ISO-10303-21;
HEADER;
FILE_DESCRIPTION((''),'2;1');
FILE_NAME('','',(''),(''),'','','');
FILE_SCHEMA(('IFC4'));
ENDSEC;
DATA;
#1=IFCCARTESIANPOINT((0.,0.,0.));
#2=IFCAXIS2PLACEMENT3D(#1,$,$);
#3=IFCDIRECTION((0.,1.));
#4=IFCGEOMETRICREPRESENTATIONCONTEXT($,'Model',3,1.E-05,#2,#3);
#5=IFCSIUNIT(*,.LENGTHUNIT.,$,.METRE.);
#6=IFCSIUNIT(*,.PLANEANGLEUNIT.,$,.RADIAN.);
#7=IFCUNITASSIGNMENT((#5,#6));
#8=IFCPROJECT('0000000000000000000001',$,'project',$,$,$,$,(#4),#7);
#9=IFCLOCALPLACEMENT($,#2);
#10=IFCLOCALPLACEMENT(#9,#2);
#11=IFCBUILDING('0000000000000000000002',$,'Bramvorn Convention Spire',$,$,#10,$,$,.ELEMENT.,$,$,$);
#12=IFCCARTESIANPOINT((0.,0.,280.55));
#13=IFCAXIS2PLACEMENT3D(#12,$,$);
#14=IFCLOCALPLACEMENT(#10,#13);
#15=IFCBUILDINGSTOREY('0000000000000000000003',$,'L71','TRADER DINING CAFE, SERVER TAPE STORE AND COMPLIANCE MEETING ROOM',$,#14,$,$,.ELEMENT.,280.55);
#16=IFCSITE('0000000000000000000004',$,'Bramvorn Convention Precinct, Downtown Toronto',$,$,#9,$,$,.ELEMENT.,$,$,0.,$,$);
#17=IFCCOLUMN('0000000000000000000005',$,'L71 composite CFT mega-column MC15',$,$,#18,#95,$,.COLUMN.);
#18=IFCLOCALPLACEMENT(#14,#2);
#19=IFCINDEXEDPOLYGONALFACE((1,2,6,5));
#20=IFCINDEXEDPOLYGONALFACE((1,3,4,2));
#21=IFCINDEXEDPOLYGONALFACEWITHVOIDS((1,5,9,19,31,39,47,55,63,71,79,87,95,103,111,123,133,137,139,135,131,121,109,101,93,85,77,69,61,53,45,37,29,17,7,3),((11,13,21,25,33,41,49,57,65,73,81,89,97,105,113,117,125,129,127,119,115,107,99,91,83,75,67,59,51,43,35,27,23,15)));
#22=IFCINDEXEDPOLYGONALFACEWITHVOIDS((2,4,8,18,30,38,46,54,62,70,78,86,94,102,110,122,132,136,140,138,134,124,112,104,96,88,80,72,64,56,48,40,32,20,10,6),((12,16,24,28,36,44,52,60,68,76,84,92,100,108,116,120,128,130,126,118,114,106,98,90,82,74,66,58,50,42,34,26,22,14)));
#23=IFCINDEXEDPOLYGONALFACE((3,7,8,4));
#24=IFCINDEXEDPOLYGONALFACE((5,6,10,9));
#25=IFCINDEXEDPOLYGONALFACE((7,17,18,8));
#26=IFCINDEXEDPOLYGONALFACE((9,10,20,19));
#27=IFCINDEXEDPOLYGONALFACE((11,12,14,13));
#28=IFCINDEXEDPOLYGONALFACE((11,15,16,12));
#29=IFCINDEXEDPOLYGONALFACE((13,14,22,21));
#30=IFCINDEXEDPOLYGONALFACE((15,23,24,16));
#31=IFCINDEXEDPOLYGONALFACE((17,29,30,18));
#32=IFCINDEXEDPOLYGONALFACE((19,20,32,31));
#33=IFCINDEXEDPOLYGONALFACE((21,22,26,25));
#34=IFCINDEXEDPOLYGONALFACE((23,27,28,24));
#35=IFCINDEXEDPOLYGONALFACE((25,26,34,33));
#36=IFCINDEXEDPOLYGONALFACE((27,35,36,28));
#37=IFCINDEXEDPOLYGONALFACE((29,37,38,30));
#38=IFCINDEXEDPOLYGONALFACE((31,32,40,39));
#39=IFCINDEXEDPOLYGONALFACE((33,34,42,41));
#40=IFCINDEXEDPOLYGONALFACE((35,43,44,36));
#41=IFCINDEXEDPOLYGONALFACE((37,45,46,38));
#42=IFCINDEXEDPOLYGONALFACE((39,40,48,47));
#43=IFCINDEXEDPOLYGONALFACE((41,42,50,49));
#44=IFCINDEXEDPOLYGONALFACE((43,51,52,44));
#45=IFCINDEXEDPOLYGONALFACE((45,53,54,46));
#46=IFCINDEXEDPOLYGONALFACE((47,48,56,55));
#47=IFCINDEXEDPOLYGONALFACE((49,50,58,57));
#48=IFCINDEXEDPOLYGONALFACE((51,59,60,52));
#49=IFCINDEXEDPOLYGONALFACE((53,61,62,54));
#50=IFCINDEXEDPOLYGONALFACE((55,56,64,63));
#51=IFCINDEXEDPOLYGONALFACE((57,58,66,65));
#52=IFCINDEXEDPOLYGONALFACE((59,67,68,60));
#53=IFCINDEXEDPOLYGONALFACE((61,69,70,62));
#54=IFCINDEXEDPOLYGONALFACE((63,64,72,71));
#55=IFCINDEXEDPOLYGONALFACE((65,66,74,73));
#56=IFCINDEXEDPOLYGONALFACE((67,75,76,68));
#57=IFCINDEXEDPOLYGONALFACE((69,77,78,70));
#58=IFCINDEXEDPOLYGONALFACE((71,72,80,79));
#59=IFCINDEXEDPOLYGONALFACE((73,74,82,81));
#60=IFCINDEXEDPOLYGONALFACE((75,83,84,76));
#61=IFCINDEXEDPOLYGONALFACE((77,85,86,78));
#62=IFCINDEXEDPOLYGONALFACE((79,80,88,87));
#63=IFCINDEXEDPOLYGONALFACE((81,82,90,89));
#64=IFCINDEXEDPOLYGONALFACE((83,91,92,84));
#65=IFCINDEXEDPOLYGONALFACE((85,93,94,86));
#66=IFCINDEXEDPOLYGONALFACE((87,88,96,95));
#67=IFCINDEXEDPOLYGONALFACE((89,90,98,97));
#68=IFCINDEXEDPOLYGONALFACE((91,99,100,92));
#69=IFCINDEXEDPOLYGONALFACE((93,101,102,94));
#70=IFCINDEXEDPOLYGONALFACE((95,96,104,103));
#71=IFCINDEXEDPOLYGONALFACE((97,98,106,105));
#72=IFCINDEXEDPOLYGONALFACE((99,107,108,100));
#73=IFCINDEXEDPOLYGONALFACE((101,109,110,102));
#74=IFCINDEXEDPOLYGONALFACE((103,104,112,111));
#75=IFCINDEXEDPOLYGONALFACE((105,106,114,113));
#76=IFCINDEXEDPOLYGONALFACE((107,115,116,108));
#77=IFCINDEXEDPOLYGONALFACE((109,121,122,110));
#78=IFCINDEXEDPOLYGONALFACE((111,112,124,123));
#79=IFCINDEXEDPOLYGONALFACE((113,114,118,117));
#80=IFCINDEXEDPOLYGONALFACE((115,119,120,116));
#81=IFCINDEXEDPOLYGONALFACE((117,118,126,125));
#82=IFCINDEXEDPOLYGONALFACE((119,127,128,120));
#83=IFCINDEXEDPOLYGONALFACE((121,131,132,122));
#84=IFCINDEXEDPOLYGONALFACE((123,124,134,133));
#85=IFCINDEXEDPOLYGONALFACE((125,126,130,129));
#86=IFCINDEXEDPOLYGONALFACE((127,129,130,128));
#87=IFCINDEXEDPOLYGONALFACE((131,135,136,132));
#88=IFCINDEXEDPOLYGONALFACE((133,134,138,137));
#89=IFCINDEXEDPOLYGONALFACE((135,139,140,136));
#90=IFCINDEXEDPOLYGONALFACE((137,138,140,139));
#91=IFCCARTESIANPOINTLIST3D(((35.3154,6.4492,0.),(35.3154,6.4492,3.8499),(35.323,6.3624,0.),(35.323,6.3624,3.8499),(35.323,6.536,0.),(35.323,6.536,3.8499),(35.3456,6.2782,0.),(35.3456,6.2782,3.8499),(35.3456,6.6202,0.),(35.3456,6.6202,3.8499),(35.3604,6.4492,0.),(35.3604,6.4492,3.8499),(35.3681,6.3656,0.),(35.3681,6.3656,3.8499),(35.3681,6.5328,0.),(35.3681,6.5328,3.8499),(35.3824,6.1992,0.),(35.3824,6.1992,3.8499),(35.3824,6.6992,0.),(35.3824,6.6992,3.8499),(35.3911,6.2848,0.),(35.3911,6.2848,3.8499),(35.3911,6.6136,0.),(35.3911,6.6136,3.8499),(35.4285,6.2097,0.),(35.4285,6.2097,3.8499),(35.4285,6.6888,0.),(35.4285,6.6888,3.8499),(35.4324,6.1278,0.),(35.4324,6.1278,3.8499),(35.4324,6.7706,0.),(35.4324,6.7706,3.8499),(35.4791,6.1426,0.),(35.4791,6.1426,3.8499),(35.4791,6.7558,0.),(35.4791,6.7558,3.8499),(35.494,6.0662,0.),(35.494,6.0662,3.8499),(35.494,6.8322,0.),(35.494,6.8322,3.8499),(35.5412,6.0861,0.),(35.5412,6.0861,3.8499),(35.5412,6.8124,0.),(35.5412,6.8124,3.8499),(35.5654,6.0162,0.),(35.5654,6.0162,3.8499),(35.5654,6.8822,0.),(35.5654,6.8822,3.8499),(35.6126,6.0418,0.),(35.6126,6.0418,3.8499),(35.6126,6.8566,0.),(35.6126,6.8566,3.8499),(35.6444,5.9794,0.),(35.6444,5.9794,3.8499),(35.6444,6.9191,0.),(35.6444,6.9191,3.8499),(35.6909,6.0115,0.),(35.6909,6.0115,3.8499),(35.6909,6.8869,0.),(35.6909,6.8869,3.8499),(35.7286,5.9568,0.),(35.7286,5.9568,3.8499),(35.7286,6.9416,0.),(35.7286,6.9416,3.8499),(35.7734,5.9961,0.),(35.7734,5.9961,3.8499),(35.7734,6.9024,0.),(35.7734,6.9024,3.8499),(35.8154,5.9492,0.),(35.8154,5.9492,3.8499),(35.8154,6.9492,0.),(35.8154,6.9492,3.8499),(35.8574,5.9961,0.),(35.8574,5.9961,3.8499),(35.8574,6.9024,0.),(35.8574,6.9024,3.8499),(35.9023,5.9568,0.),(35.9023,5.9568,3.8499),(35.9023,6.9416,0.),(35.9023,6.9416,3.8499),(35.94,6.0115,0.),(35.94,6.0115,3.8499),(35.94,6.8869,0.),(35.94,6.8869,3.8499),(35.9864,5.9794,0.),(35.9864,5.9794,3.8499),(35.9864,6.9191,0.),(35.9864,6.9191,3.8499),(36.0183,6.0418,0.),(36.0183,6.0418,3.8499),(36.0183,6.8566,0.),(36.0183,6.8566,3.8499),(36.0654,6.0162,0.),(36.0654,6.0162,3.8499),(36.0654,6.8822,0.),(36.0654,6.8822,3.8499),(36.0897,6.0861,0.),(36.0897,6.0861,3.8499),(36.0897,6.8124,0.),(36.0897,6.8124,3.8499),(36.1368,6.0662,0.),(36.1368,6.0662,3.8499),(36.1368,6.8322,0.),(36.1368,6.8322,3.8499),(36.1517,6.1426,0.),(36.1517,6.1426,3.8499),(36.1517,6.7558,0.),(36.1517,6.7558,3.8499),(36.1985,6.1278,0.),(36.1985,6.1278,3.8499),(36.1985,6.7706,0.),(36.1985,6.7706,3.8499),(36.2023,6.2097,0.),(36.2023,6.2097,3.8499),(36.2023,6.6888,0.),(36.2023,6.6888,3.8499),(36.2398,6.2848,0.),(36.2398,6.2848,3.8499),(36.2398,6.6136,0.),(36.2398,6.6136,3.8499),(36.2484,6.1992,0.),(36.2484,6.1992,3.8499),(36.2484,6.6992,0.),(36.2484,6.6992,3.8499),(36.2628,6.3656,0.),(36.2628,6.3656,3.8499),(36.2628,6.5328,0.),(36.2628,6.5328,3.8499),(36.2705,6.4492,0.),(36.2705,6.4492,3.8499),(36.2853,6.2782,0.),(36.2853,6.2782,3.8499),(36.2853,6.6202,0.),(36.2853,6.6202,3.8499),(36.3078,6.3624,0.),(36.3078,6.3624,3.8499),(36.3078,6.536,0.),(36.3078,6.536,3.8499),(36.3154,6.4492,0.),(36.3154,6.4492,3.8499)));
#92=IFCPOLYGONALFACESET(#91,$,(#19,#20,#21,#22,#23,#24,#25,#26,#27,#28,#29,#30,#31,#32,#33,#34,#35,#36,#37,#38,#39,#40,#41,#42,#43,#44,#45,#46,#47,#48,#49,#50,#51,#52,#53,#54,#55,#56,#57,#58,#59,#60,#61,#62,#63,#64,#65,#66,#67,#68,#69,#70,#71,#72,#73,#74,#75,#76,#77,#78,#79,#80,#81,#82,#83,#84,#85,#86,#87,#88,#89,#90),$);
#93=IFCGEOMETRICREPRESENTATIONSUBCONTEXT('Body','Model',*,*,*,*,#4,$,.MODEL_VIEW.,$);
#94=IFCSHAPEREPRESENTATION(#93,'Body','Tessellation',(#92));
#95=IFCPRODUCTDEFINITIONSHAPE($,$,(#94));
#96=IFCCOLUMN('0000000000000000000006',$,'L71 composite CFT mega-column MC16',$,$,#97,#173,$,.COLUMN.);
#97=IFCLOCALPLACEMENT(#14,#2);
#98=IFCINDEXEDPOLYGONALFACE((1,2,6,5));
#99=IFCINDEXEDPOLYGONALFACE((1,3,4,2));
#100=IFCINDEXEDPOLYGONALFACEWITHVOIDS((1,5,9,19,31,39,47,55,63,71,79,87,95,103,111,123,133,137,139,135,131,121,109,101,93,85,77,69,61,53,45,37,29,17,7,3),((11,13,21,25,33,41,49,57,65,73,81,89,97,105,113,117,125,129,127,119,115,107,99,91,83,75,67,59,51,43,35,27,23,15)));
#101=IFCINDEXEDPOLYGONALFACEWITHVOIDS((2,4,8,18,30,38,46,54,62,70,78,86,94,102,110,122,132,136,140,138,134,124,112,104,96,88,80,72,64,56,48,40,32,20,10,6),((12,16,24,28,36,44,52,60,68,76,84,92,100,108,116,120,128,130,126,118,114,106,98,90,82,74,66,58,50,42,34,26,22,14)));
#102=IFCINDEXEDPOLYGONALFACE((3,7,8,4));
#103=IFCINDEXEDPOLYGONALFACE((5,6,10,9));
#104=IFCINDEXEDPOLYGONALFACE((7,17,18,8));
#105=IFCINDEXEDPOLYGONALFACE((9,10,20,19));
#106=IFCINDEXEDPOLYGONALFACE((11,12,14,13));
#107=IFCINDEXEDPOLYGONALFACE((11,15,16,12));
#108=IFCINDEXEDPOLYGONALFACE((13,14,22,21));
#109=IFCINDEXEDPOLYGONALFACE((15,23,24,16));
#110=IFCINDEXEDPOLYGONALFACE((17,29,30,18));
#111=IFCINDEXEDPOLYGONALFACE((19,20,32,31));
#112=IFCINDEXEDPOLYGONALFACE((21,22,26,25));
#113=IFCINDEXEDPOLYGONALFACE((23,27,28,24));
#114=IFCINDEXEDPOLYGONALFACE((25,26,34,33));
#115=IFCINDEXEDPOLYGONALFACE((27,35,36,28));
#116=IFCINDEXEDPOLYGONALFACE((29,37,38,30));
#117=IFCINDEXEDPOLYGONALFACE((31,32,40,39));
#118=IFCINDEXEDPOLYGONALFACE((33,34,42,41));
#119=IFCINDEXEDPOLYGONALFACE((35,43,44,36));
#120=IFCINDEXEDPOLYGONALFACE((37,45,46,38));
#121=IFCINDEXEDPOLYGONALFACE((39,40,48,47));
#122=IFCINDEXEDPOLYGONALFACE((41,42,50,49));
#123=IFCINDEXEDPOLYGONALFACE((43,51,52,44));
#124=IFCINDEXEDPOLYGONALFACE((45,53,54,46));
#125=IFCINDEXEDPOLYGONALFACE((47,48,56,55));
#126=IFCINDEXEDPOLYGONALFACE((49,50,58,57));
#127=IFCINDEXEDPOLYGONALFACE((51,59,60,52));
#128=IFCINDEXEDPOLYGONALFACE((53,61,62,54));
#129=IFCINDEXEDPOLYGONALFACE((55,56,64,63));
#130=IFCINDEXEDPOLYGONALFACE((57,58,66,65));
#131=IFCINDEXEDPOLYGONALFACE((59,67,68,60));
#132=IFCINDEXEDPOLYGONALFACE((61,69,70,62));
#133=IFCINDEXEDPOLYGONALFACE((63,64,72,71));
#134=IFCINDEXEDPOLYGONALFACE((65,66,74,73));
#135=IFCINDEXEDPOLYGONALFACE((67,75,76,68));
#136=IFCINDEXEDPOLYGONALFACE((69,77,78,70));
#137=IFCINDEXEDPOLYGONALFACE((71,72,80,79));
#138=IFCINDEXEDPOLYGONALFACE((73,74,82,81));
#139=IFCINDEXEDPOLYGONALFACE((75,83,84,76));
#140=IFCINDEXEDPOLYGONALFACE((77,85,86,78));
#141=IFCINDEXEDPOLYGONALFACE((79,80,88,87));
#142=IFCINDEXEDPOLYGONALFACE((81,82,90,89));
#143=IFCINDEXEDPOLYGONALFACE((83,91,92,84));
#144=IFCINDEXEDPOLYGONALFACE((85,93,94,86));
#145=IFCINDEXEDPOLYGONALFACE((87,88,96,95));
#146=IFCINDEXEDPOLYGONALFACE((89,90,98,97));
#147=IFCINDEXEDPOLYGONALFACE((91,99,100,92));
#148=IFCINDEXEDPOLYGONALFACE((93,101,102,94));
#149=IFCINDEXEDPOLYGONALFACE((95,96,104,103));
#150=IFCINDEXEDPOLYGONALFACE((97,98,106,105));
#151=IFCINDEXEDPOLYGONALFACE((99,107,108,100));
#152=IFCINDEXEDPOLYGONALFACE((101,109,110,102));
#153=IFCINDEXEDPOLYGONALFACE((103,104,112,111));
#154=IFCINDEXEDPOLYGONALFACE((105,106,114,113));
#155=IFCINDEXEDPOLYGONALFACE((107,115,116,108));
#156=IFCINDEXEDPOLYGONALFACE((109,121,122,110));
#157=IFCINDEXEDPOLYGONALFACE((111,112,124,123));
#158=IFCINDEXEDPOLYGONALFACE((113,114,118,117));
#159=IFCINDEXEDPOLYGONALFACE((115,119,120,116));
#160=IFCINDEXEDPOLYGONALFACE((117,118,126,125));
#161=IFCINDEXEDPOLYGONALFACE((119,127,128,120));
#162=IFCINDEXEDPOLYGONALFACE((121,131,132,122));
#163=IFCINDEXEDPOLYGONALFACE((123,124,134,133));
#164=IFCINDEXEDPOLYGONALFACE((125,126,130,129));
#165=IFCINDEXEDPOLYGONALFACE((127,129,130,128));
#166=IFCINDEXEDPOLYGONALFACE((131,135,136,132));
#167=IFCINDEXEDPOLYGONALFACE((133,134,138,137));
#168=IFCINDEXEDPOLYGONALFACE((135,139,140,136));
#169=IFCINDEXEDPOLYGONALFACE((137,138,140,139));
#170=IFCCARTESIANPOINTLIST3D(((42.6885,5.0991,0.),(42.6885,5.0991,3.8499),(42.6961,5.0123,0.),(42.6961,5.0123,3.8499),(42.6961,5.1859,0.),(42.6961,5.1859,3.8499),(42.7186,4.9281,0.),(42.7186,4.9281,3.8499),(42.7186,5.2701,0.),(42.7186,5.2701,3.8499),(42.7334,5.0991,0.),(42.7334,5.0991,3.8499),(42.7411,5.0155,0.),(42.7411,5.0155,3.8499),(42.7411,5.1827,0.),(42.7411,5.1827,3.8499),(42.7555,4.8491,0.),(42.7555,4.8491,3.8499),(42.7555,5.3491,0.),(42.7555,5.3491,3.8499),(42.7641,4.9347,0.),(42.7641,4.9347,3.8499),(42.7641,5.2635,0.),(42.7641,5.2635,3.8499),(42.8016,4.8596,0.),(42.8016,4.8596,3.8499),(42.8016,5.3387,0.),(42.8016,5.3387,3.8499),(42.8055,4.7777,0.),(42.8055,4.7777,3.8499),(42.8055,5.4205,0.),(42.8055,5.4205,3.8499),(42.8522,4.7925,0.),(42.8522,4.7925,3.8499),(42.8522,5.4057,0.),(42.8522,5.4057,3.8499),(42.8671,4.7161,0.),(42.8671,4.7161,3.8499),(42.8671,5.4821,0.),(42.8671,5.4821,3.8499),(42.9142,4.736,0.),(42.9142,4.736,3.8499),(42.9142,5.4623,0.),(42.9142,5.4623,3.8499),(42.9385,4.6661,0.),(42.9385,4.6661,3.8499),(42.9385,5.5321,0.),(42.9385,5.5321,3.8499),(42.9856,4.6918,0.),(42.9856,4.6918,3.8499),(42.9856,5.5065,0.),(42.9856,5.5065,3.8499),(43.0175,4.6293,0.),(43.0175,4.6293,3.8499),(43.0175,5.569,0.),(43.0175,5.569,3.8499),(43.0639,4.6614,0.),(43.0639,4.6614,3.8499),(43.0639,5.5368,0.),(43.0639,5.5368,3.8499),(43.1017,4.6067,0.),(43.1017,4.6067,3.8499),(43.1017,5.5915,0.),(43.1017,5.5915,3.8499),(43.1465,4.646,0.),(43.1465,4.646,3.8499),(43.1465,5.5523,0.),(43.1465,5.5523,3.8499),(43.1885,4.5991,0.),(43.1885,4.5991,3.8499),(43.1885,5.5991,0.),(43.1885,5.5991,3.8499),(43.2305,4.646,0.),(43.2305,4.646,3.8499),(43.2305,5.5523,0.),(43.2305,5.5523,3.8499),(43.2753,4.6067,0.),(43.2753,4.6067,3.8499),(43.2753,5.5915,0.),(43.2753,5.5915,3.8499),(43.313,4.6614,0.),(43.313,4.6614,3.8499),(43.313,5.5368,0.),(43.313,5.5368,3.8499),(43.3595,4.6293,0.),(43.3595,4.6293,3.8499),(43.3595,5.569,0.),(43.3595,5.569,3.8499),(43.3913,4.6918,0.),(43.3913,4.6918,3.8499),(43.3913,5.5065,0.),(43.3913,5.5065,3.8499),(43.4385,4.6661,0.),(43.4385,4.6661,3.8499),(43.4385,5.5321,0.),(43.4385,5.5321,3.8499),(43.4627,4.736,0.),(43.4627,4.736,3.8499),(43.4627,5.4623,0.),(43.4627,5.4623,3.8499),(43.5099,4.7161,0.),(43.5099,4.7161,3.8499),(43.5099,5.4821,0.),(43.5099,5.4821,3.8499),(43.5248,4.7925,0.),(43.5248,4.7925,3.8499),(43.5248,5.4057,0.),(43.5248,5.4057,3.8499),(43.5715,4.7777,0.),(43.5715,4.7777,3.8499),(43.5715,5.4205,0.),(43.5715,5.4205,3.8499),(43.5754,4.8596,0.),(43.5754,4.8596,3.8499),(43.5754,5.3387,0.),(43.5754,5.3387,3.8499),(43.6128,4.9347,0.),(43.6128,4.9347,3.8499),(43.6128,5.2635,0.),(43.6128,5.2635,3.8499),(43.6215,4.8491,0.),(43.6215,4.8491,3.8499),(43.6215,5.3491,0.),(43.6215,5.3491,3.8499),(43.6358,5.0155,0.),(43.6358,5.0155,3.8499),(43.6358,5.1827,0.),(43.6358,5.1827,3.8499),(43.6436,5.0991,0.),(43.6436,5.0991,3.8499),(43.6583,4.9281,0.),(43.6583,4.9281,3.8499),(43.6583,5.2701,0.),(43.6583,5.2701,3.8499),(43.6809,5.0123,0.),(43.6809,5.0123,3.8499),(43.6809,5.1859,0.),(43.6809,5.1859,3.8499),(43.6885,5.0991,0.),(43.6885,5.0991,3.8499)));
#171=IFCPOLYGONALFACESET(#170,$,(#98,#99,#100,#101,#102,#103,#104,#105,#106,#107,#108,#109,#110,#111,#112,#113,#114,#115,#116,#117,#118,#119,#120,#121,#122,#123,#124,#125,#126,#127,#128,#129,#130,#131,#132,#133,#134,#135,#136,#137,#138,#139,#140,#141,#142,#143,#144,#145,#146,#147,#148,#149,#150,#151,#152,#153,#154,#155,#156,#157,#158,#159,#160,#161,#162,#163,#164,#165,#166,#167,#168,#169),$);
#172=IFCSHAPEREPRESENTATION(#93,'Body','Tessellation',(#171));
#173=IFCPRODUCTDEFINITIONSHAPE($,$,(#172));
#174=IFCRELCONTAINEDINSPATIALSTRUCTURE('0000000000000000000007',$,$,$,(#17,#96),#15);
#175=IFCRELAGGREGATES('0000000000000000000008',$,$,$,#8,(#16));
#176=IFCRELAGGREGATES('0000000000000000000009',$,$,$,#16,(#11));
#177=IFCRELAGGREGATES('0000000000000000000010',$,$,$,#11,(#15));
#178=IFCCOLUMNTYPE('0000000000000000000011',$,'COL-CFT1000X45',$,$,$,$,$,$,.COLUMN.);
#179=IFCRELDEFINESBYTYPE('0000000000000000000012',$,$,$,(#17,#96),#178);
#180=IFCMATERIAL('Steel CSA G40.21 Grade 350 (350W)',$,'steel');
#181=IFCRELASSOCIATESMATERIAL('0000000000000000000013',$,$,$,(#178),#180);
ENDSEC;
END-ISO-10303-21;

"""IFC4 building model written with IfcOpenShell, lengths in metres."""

from ifc_helpers import new_model, si_unit, direction, frame, origin, origin_2d, place, context, subcontext, project, spatial, hollow_circle, extrude, material, material_profile, profile_set, type_object, element, save


model = new_model("IFC4")

# Units and contexts
model_context = context("Model", 3, precision=1e-05, world=origin(), true_north=direction((0.0, 1.0)))
body_context = subcontext(model_context, "Body", "Model", "MODEL_VIEW")
ifc_project = project(units=[si_unit("LENGTHUNIT", "METRE"), si_unit("PLANEANGLEUNIT", "RADIAN")], contexts=[model_context])

# Site, building, storey
site_placement = place(None, origin())
site = spatial("IfcSite", under=ifc_project, at=site_placement, Name="Bramvorn Convention Precinct, Downtown Toronto", CompositionType="ELEMENT", RefElevation=0.0)
building_placement = place(site_placement, origin())
building = spatial("IfcBuilding", under=site, at=building_placement, Name="Bramvorn Convention Spire", CompositionType="ELEMENT")
storey_placement = place(building_placement, frame((0.0, 0.0, 280.55)))
storey = spatial("IfcBuildingStorey", under=building, at=storey_placement, Name="L71", Description="TRADER DINING CAFE, SERVER TAPE STORE AND COMPLIANCE MEETING ROOM", CompositionType="ELEMENT", Elevation=280.55)

# Columns
ifc_material_1 = material(Name="Steel CSA G40.21 Grade 350 (350W)", Category="steel")
ifc_material_profile_1 = material_profile(ifc_material_1, hollow_circle(Radius=0.5, WallThickness=0.0449, at=origin_2d()))
ifc_profile_set_1 = profile_set([ifc_material_profile_1], Name="Steel CSA G40.21 Grade 350 (350W) - CFT1000X45")
column_type = type_object("IfcColumnType", Name="COL-CFT1000X45", PredefinedType="COLUMN", material=ifc_profile_set_1)
for number, where, z_axis, x_axis, name in (
    (1, (35.8154, 6.4492, 0.0), (0.0, 0.0, 1.0), (1.0, 0.0, 0.0), "L71 composite CFT mega-column MC15"),
    (2, (43.1885, 5.0991, 0.0), (0.0, 0.0, 1.0), (1.0, 0.0, 0.0), "L71 composite CFT mega-column MC16"),
):
    element("IfcColumn", number, at=place(storey_placement, frame(where, z_axis=z_axis, x_axis=x_axis)), inside=storey, type_object=column_type, Name=name, PredefinedType="COLUMN", context=body_context, shape_type="SweptSolid", body=[
        extrude(hollow_circle(Radius=0.5, WallThickness=0.0449, at=origin_2d()), origin(), (0.0, 0.0, 1.0), 3.8499),
    ])

save(model, "model.ifc")
